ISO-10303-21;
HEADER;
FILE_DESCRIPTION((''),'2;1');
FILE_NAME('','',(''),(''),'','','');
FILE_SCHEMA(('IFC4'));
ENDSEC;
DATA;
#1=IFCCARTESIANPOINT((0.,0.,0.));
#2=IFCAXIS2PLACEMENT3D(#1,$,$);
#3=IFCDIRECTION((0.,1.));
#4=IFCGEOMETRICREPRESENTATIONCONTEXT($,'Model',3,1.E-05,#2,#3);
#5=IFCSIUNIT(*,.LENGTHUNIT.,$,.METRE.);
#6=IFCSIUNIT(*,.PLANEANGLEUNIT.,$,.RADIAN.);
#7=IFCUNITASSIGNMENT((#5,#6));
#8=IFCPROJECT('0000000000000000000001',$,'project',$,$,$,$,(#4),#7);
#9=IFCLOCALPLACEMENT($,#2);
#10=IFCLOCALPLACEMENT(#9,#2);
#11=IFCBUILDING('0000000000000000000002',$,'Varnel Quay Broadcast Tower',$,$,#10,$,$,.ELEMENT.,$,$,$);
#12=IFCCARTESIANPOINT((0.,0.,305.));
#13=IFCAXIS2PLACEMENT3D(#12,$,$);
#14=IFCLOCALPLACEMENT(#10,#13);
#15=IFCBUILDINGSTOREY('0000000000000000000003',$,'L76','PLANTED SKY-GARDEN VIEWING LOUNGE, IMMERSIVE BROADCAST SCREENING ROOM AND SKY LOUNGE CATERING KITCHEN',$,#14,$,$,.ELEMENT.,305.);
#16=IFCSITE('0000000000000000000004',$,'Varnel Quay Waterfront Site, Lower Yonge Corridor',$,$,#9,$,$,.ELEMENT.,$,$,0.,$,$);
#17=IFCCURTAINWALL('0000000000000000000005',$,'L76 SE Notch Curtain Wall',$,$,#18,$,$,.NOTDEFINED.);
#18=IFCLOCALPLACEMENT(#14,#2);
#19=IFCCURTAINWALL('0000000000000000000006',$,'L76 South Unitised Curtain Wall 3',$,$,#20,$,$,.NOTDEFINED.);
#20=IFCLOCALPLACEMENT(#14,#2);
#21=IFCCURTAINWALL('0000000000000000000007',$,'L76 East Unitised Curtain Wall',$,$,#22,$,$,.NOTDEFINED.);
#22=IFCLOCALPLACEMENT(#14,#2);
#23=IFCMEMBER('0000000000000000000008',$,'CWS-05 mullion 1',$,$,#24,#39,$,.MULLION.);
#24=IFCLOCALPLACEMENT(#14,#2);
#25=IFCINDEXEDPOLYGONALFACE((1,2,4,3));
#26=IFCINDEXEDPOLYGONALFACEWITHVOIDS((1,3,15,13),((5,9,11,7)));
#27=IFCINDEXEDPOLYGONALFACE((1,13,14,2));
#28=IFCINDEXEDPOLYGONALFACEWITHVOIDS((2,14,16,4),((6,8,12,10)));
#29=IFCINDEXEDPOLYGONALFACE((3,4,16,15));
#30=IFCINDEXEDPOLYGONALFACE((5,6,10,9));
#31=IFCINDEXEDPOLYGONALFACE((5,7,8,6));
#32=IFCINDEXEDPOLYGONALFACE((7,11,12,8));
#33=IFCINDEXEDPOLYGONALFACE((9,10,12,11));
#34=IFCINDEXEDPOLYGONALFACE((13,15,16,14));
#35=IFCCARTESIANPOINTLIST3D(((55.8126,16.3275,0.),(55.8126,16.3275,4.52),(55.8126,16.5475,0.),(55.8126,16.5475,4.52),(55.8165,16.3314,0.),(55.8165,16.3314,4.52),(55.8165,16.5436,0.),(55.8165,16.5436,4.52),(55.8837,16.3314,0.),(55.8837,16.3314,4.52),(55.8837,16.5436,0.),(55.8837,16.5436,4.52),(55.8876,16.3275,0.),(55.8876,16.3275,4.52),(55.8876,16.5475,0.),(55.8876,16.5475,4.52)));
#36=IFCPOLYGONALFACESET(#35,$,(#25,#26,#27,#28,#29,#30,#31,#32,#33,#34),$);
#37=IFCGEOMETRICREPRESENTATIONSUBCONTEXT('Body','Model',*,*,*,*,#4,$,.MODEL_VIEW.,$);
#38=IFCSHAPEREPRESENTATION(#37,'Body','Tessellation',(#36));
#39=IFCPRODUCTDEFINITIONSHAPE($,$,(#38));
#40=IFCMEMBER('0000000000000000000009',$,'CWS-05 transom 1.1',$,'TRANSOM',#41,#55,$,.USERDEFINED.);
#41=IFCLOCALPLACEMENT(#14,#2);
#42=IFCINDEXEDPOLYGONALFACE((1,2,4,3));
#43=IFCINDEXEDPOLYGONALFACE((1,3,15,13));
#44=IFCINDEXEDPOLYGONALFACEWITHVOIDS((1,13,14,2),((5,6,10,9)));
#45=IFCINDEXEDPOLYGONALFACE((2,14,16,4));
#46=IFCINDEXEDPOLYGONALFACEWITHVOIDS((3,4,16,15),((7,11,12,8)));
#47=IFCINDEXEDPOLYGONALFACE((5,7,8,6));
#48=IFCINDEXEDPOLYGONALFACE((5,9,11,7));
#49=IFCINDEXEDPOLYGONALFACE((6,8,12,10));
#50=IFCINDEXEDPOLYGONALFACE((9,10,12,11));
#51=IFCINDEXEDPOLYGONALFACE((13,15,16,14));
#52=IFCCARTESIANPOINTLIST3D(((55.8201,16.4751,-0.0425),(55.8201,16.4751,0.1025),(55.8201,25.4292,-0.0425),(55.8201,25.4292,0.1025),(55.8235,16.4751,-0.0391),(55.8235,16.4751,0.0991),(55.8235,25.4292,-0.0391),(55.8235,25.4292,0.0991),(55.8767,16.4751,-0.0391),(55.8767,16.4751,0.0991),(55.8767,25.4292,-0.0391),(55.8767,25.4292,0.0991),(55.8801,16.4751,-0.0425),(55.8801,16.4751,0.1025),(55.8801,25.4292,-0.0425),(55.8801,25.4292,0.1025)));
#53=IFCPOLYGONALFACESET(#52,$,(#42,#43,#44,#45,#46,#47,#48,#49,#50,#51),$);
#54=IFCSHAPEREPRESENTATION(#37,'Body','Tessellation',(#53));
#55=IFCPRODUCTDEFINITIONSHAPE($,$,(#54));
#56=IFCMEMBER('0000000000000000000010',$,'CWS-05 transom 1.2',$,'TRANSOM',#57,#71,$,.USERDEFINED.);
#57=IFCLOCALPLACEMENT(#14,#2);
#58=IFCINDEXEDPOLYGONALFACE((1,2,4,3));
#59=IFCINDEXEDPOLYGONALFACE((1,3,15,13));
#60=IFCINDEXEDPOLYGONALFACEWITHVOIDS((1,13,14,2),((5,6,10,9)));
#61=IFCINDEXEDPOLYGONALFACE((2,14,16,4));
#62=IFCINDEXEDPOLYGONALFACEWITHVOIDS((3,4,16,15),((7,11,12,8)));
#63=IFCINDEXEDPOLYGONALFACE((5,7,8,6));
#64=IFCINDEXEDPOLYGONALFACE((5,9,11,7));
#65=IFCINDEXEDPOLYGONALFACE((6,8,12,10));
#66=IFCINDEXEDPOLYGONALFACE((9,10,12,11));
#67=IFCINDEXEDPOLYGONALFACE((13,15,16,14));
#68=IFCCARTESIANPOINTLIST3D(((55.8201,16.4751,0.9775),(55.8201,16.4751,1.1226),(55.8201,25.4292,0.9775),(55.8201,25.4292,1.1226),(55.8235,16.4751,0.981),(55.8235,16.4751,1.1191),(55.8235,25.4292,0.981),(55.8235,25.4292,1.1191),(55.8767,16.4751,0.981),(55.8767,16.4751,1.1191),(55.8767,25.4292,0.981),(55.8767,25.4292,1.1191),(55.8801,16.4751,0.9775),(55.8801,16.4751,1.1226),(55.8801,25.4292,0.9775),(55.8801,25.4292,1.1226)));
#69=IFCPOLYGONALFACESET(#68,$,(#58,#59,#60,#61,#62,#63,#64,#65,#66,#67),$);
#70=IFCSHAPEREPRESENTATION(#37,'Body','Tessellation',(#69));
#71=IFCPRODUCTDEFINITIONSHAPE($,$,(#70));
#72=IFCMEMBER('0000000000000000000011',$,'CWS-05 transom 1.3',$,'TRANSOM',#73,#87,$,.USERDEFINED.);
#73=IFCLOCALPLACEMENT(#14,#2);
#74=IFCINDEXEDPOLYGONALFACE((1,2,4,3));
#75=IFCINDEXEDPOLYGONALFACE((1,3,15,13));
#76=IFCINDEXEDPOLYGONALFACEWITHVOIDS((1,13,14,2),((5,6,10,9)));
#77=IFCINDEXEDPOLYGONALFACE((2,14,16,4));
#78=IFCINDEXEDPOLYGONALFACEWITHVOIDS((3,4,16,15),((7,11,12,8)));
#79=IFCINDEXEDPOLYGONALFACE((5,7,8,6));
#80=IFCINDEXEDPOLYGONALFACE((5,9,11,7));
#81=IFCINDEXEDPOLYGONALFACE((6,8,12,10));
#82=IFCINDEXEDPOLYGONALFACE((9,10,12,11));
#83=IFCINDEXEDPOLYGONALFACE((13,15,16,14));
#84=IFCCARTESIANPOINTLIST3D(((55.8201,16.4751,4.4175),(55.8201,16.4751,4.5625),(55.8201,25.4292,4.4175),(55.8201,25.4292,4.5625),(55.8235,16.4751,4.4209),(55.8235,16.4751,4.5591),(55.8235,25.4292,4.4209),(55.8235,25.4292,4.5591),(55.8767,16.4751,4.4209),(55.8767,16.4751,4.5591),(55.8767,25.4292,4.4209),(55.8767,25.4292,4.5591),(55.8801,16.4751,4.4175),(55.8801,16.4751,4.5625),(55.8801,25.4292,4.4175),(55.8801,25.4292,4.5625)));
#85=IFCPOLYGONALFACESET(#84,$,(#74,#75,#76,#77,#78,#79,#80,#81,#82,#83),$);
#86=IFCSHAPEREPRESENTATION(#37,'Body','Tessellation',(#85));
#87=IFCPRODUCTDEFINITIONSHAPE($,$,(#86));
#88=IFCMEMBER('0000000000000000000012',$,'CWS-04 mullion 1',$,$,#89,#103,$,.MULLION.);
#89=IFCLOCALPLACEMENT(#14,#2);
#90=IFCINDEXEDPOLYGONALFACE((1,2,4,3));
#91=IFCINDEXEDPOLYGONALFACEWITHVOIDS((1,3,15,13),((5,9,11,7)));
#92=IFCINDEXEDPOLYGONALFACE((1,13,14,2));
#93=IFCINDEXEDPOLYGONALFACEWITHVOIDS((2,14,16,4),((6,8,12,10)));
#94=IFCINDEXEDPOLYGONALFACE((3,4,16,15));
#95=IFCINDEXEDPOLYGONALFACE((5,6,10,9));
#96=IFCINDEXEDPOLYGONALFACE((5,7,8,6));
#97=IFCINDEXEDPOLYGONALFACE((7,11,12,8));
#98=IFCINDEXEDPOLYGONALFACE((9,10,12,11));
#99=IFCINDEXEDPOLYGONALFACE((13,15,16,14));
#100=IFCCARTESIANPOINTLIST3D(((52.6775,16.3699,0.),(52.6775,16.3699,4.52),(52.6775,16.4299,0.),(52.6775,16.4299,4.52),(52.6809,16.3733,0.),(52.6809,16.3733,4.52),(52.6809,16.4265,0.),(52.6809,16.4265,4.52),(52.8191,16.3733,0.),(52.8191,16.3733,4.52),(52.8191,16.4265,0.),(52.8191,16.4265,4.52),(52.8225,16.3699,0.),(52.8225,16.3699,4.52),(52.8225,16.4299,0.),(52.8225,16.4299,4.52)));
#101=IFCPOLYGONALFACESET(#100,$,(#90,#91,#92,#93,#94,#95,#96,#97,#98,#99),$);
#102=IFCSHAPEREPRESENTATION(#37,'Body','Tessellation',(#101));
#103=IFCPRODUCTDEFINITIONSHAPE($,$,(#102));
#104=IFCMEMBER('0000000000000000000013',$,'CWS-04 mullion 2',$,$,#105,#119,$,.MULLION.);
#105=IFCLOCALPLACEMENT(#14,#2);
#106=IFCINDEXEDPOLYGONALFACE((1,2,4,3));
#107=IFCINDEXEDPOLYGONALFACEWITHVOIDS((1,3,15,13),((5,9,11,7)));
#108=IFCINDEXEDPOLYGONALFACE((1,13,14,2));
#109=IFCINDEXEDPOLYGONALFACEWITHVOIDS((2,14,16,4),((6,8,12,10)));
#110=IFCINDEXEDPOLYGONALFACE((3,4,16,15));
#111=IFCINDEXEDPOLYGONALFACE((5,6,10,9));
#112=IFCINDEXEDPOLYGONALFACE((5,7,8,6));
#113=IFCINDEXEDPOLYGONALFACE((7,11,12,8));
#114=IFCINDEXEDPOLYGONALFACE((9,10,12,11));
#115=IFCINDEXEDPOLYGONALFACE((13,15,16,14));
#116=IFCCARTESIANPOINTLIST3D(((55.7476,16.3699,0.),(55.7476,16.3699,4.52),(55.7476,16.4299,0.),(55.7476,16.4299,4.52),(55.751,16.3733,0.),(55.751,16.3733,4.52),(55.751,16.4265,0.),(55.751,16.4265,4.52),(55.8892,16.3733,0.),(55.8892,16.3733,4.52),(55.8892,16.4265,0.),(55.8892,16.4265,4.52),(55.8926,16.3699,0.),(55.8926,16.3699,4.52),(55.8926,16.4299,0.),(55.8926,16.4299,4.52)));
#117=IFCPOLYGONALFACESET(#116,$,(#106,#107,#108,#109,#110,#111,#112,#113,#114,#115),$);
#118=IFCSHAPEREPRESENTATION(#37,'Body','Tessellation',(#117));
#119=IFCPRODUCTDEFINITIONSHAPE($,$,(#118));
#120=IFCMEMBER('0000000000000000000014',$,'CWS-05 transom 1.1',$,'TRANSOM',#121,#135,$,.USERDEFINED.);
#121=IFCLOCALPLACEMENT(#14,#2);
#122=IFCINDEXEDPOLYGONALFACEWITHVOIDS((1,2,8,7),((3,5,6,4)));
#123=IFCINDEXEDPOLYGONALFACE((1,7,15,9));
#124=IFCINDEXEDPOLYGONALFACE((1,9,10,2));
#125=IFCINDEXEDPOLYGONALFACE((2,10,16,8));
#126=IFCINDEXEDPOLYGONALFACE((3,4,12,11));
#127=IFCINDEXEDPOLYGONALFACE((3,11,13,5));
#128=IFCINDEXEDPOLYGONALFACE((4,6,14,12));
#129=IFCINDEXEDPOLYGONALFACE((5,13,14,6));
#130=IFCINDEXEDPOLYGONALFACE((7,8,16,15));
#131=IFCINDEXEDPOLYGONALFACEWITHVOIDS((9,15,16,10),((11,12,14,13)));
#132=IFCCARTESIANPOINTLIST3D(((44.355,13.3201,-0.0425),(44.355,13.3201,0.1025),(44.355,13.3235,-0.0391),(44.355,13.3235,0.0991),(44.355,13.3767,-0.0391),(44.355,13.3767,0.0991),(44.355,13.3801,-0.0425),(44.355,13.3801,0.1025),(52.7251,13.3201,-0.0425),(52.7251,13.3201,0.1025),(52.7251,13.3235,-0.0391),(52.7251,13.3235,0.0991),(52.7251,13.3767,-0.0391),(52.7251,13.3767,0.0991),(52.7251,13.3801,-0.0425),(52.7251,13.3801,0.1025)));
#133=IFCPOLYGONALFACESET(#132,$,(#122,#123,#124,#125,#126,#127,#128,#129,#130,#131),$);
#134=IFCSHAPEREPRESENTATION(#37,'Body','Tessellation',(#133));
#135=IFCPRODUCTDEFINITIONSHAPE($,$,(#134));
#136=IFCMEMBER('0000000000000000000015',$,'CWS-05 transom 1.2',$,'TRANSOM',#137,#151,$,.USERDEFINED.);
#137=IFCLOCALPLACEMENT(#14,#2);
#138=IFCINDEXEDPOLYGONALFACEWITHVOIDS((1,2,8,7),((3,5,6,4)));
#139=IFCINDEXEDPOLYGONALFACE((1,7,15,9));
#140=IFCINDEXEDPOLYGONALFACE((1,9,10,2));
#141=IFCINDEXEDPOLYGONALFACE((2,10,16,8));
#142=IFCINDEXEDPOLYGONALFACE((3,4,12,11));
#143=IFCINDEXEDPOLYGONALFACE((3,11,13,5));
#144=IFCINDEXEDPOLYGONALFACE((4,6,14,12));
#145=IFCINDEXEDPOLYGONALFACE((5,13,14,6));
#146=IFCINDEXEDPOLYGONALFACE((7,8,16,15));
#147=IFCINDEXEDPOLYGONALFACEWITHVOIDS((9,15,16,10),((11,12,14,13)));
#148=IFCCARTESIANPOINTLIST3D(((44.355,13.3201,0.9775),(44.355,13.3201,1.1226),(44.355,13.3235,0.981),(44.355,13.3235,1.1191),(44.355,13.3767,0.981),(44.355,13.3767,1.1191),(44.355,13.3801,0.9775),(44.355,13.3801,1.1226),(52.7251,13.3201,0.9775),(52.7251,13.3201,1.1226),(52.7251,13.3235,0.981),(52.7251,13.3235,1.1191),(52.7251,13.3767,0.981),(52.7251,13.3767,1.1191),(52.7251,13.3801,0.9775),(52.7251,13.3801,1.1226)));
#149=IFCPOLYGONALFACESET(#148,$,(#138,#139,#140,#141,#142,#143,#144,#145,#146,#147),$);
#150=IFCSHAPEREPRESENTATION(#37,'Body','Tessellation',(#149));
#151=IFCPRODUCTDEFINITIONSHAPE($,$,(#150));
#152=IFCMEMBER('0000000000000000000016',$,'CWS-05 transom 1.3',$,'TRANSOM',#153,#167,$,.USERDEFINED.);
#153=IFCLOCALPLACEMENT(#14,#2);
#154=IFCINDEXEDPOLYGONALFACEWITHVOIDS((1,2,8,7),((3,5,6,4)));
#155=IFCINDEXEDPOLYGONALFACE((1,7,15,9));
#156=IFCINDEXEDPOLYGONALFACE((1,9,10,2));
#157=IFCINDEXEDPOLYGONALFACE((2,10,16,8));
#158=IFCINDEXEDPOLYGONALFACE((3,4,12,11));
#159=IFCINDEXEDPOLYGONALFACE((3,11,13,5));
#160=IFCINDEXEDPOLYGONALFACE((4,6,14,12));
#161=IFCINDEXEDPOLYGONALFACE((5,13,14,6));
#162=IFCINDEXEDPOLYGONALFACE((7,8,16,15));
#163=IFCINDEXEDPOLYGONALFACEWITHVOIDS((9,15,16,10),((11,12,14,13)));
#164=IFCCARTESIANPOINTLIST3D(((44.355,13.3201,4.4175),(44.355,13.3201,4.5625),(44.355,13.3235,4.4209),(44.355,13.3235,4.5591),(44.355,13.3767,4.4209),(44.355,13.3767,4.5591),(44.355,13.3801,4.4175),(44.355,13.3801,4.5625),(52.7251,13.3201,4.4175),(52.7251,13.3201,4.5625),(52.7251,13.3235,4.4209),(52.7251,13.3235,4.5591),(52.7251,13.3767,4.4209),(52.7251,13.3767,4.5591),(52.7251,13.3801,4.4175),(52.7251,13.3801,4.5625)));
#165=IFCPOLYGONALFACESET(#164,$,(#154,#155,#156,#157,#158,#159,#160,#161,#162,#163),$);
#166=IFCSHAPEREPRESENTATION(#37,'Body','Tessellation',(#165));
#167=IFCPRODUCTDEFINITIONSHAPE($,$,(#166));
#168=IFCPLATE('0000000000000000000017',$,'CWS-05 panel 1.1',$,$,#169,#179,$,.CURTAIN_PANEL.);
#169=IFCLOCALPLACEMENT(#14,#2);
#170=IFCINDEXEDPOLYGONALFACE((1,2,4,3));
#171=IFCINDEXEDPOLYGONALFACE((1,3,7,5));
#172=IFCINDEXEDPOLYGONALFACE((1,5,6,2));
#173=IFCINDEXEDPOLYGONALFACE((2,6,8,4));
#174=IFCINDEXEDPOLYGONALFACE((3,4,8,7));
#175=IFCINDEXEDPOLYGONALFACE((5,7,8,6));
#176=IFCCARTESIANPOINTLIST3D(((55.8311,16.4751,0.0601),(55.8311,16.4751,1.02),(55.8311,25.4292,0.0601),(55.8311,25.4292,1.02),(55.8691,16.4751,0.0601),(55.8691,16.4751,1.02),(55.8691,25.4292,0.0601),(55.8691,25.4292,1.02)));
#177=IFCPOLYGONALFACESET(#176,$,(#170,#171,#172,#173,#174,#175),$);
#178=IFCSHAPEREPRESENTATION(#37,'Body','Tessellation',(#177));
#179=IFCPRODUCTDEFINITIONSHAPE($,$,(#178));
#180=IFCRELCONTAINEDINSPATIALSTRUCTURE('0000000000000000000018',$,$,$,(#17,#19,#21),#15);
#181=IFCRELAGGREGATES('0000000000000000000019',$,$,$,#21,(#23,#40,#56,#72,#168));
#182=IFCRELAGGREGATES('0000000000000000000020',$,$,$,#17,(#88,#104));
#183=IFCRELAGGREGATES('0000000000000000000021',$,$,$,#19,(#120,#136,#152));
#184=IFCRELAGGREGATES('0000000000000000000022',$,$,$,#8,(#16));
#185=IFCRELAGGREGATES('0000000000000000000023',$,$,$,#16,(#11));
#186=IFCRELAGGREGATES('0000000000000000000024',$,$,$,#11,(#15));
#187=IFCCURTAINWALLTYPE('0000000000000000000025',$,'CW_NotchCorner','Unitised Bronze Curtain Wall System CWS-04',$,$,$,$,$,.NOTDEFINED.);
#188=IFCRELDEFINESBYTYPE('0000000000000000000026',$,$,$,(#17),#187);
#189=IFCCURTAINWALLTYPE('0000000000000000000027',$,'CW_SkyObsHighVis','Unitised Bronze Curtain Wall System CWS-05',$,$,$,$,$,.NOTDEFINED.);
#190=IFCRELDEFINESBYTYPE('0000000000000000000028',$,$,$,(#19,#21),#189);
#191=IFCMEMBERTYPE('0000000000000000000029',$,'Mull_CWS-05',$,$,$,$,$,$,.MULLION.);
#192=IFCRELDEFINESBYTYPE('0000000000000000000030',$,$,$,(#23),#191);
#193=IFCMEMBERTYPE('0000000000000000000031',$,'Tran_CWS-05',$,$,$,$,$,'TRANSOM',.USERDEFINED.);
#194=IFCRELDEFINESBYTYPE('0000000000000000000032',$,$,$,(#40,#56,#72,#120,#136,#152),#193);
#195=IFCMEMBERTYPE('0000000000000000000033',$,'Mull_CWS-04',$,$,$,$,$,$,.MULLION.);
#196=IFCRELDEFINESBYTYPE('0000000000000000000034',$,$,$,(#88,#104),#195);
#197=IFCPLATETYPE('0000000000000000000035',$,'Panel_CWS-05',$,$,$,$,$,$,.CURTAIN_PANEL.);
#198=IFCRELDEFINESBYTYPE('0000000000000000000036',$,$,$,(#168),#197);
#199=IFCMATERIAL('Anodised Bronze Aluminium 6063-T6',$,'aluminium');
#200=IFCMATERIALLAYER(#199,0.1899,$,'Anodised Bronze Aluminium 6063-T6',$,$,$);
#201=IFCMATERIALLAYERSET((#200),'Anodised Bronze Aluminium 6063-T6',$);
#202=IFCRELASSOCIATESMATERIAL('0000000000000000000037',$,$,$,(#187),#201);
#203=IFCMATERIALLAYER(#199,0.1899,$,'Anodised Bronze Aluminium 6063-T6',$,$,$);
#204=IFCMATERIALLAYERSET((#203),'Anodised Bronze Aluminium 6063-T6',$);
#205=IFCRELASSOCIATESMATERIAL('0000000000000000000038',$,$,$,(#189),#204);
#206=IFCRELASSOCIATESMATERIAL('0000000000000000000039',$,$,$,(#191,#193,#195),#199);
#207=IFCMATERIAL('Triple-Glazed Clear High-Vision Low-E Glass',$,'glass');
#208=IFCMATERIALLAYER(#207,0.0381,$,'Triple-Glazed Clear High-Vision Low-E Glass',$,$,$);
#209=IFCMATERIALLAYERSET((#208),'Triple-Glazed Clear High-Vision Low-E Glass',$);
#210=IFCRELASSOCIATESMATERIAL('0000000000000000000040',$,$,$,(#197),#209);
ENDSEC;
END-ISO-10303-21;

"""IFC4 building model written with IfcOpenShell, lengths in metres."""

from ifc_helpers import new_model, si_unit, direction, frame, origin, origin_2d, place, context, subcontext, project, spatial, rectangle, hollow_rectangle, extrude, source, transform, mapped, material, layer, layer_set, material_profile, profile_set, type_object, type_shapes, element, aggregate, save


model = new_model("IFC4")

# Units and contexts
model_context = context("Model", 3, precision=1e-05, world=origin(), true_north=direction((0.0, 1.0)))
body_context = subcontext(model_context, "Body", "Model", "MODEL_VIEW")
ifc_project = project(units=[si_unit("LENGTHUNIT", "METRE"), si_unit("PLANEANGLEUNIT", "RADIAN")], contexts=[model_context])

# Site, building, storey
site_placement = place(None, origin())
site = spatial("IfcSite", under=ifc_project, at=site_placement, Name="Varnel Quay Waterfront Site, Lower Yonge Corridor", CompositionType="ELEMENT", RefElevation=0.0)
building_placement = place(site_placement, origin())
building = spatial("IfcBuilding", under=site, at=building_placement, Name="Varnel Quay Broadcast Tower", CompositionType="ELEMENT")
storey_placement = place(building_placement, frame((0.0, 0.0, 305.0)))
storey = spatial("IfcBuildingStorey", under=building, at=storey_placement, Name="L76", Description="PLANTED SKY-GARDEN VIEWING LOUNGE, IMMERSIVE BROADCAST SCREENING ROOM AND SKY LOUNGE CATERING KITCHEN", CompositionType="ELEMENT", Elevation=305.0)

# Curtain walls, members
ifc_material_1 = material(Name="Anodised Bronze Aluminium 6063-T6", Category="aluminium")
ifc_layer_1 = layer(ifc_material_1, 0.1899, Name="Anodised Bronze Aluminium 6063-T6")
ifc_layer_set_1 = layer_set([ifc_layer_1], Name="Anodised Bronze Aluminium 6063-T6")
curtain_wall_type_1 = type_object("IfcCurtainWallType", Name="CW_NotchCorner", Description="Unitised Bronze Curtain Wall System CWS-04", PredefinedType="NOTDEFINED", material=ifc_layer_set_1)
curtain_wall_1_placement = place(storey_placement, origin())
curtain_wall_1 = element("IfcCurtainWall", 1, at=curtain_wall_1_placement, inside=storey, type_object=curtain_wall_type_1, Name="L76 SE Notch Curtain Wall", PredefinedType="NOTDEFINED")
ifc_layer_2 = layer(ifc_material_1, 0.1899, Name="Anodised Bronze Aluminium 6063-T6")
ifc_layer_set_2 = layer_set([ifc_layer_2], Name="Anodised Bronze Aluminium 6063-T6")
curtain_wall_type_2 = type_object("IfcCurtainWallType", Name="CW_SkyObsHighVis", Description="Unitised Bronze Curtain Wall System CWS-05", PredefinedType="NOTDEFINED", material=ifc_layer_set_2)
curtain_wall_2_placement = place(storey_placement, origin())
curtain_wall_2 = element("IfcCurtainWall", 2, at=curtain_wall_2_placement, inside=storey, type_object=curtain_wall_type_2, Name="L76 South Unitised Curtain Wall 3", PredefinedType="NOTDEFINED")
ifc_material_profile_1 = material_profile(ifc_material_1, hollow_rectangle(XDim=0.075, YDim=0.22, WallThickness=0.0039, at=origin_2d()), Name="ALU75X220X4")
ifc_profile_set_1 = profile_set([ifc_material_profile_1], Name="Anodised Bronze Aluminium 6063-T6")
member_type_1 = type_object("IfcMemberType", Name="Mull_CWS-05", PredefinedType="MULLION", material=ifc_profile_set_1)
shared_shape_1 = source(origin(), body_context, "Body", "SweptSolid", [
    extrude(hollow_rectangle(XDim=0.075, YDim=0.22, WallThickness=0.0039, at=origin_2d()), origin(), (0.0, 0.0, 1.0), 4.52),
])
type_shapes(member_type_1, [shared_shape_1])
curtain_wall_3_placement = place(storey_placement, origin())
curtain_wall_3 = element("IfcCurtainWall", 3, at=curtain_wall_3_placement, inside=storey, type_object=curtain_wall_type_2, Name="L76 East Unitised Curtain Wall", PredefinedType="NOTDEFINED")
member_1_placement = place(storey_placement, frame((55.8501, 16.4375, 0.0), z_axis=(0.0, 0.0, 1.0), x_axis=(-1.0, 0.0, 0.0)))
member_1 = element("IfcMember", 4, at=member_1_placement, type_object=member_type_1, Name="CWS-05 mullion 1", PredefinedType="MULLION", context=body_context, shape_type="MappedRepresentation", body=[
    mapped(shared_shape_1, transform((0.0, 0.0, 0.0), x_axis=(1.0, 0.0, 0.0), y_axis=(0.0, 1.0, 0.0), z_axis=(0.0, 0.0, 1.0), scale=1.0)),
])
ifc_material_profile_2 = material_profile(ifc_material_1, hollow_rectangle(XDim=0.0601, YDim=0.145, WallThickness=0.0034, at=origin_2d()), Name="ALU60X145X3.5")
ifc_profile_set_2 = profile_set([ifc_material_profile_2], Name="Anodised Bronze Aluminium 6063-T6")
member_type_2 = type_object("IfcMemberType", Name="Tran_CWS-05", ElementType="TRANSOM", PredefinedType="USERDEFINED", material=ifc_profile_set_2)
shared_shape_2 = source(origin(), body_context, "Body", "SweptSolid", [
    extrude(hollow_rectangle(XDim=0.0601, YDim=0.145, WallThickness=0.0034, at=origin_2d()), origin(), (0.0, 0.0, 1.0), 8.9541),
])
member_2_placement = place(storey_placement, frame((55.8501, 16.4751, 0.03), z_axis=(0.0, 1.0, 0.0), x_axis=(-1.0, 0.0, 0.0)))
member_2 = element("IfcMember", 5, at=member_2_placement, type_object=member_type_2, Name="CWS-05 transom 1.1", ObjectType="TRANSOM", PredefinedType="USERDEFINED", context=body_context, shape_type="MappedRepresentation", body=[
    mapped(shared_shape_2, transform((0.0, 0.0, 0.0), x_axis=(1.0, 0.0, 0.0), y_axis=(0.0, 1.0, 0.0), z_axis=(0.0, 0.0, 1.0), scale=1.0)),
])
member_3_placement = place(storey_placement, frame((55.8501, 16.4751, 1.05), z_axis=(0.0, 1.0, 0.0), x_axis=(-1.0, 0.0, 0.0)))
member_3 = element("IfcMember", 6, at=member_3_placement, type_object=member_type_2, Name="CWS-05 transom 1.2", ObjectType="TRANSOM", PredefinedType="USERDEFINED", context=body_context, shape_type="MappedRepresentation", body=[
    mapped(shared_shape_2, transform((0.0, 0.0, 0.0), x_axis=(1.0, 0.0, 0.0), y_axis=(0.0, 1.0, 0.0), z_axis=(0.0, 0.0, 1.0), scale=1.0)),
])
member_4_placement = place(storey_placement, frame((55.8501, 16.4751, 4.49), z_axis=(0.0, 1.0, 0.0), x_axis=(-1.0, 0.0, 0.0)))
member_4 = element("IfcMember", 7, at=member_4_placement, type_object=member_type_2, Name="CWS-05 transom 1.3", ObjectType="TRANSOM", PredefinedType="USERDEFINED", context=body_context, shape_type="MappedRepresentation", body=[
    mapped(shared_shape_2, transform((0.0, 0.0, 0.0), x_axis=(1.0, 0.0, 0.0), y_axis=(0.0, 1.0, 0.0), z_axis=(0.0, 0.0, 1.0), scale=1.0)),
])

# Members
ifc_material_profile_3 = material_profile(ifc_material_1, hollow_rectangle(XDim=0.0601, YDim=0.145, WallThickness=0.0034, at=origin_2d()), Name="ALU60X145X3.5")
ifc_profile_set_3 = profile_set([ifc_material_profile_3], Name="Anodised Bronze Aluminium 6063-T6")
member_type_3 = type_object("IfcMemberType", Name="Mull_CWS-04", PredefinedType="MULLION", material=ifc_profile_set_3)
shared_shape_3 = source(origin(), body_context, "Body", "SweptSolid", [
    extrude(hollow_rectangle(XDim=0.0601, YDim=0.145, WallThickness=0.0034, at=origin_2d()), origin(), (0.0, 0.0, 1.0), 4.52),
])
type_shapes(member_type_3, [shared_shape_3])
member_5_placement = place(storey_placement, frame((52.75, 16.3999, 0.0), z_axis=(0.0, 0.0, 1.0), x_axis=(0.0, 1.0, 0.0)))
member_5 = element("IfcMember", 8, at=member_5_placement, type_object=member_type_3, Name="CWS-04 mullion 1", PredefinedType="MULLION", context=body_context, shape_type="MappedRepresentation", body=[
    mapped(shared_shape_3, transform((0.0, 0.0, 0.0), x_axis=(1.0, 0.0, 0.0), y_axis=(0.0, 1.0, 0.0), z_axis=(0.0, 0.0, 1.0), scale=1.0)),
])
member_6_placement = place(storey_placement, frame((55.8201, 16.3999, 0.0), z_axis=(0.0, 0.0, 1.0), x_axis=(0.0, 1.0, 0.0)))
member_6 = element("IfcMember", 9, at=member_6_placement, type_object=member_type_3, Name="CWS-04 mullion 2", PredefinedType="MULLION", context=body_context, shape_type="MappedRepresentation", body=[
    mapped(shared_shape_3, transform((0.0, 0.0, 0.0), x_axis=(1.0, 0.0, 0.0), y_axis=(0.0, 1.0, 0.0), z_axis=(0.0, 0.0, 1.0), scale=1.0)),
])
shared_shape_4 = source(origin(), body_context, "Body", "SweptSolid", [
    extrude(hollow_rectangle(XDim=0.0601, YDim=0.145, WallThickness=0.0034, at=origin_2d()), origin(), (0.0, 0.0, 1.0), 8.3701),
])
type_shapes(member_type_2, [shared_shape_2, shared_shape_4])
member_7_placement = place(storey_placement, frame((44.355, 13.3501, 0.03), z_axis=(1.0, 0.0, 0.0), x_axis=(0.0, 1.0, 0.0)))
member_7 = element("IfcMember", 10, at=member_7_placement, type_object=member_type_2, Name="CWS-05 transom 1.1", ObjectType="TRANSOM", PredefinedType="USERDEFINED", context=body_context, shape_type="MappedRepresentation", body=[
    mapped(shared_shape_4, transform((0.0, 0.0, 0.0), x_axis=(1.0, 0.0, 0.0), y_axis=(0.0, 1.0, 0.0), z_axis=(0.0, 0.0, 1.0), scale=1.0)),
])
member_8_placement = place(storey_placement, frame((44.355, 13.3501, 1.05), z_axis=(1.0, 0.0, 0.0), x_axis=(0.0, 1.0, 0.0)))
member_8 = element("IfcMember", 11, at=member_8_placement, type_object=member_type_2, Name="CWS-05 transom 1.2", ObjectType="TRANSOM", PredefinedType="USERDEFINED", context=body_context, shape_type="MappedRepresentation", body=[
    mapped(shared_shape_4, transform((0.0, 0.0, 0.0), x_axis=(1.0, 0.0, 0.0), y_axis=(0.0, 1.0, 0.0), z_axis=(0.0, 0.0, 1.0), scale=1.0)),
])
member_9_placement = place(storey_placement, frame((44.355, 13.3501, 4.49), z_axis=(1.0, 0.0, 0.0), x_axis=(0.0, 1.0, 0.0)))
member_9 = element("IfcMember", 12, at=member_9_placement, type_object=member_type_2, Name="CWS-05 transom 1.3", ObjectType="TRANSOM", PredefinedType="USERDEFINED", context=body_context, shape_type="MappedRepresentation", body=[
    mapped(shared_shape_4, transform((0.0, 0.0, 0.0), x_axis=(1.0, 0.0, 0.0), y_axis=(0.0, 1.0, 0.0), z_axis=(0.0, 0.0, 1.0), scale=1.0)),
])

# Plate
ifc_material_2 = material(Name="Triple-Glazed Clear High-Vision Low-E Glass", Category="glass")
ifc_layer_3 = layer(ifc_material_2, 0.0381, Name="Triple-Glazed Clear High-Vision Low-E Glass")
ifc_layer_set_3 = layer_set([ifc_layer_3], Name="Triple-Glazed Clear High-Vision Low-E Glass")
plate_type_1 = type_object("IfcPlateType", Name="Panel_CWS-05", PredefinedType="CURTAIN_PANEL", material=ifc_layer_set_3)
shared_shape_5 = source(origin(), body_context, "Body", "SweptSolid", [
    extrude(rectangle(XDim=8.9541, YDim=0.0381, at=origin_2d()), origin(), (0.0, 0.0, 1.0), 0.96),
])
plate_1_placement = place(storey_placement, frame((55.8501, 20.9521, 0.0601), z_axis=(0.0, 0.0, 1.0), x_axis=(0.0, 1.0, 0.0)))
plate_1 = element("IfcPlate", 13, at=plate_1_placement, type_object=plate_type_1, Name="CWS-05 panel 1.1", PredefinedType="CURTAIN_PANEL", context=body_context, shape_type="MappedRepresentation", body=[
    mapped(shared_shape_5, transform((0.0, 0.0, 0.0), x_axis=(1.0, 0.0, 0.0), y_axis=(0.0, 1.0, 0.0), z_axis=(0.0, 0.0, 1.0), scale=1.0)),
])
aggregate(curtain_wall_3, [member_1, member_2, member_3, member_4, plate_1])
aggregate(curtain_wall_1, [member_5, member_6])
aggregate(curtain_wall_2, [member_7, member_8, member_9])

save(model, "model.ifc")
